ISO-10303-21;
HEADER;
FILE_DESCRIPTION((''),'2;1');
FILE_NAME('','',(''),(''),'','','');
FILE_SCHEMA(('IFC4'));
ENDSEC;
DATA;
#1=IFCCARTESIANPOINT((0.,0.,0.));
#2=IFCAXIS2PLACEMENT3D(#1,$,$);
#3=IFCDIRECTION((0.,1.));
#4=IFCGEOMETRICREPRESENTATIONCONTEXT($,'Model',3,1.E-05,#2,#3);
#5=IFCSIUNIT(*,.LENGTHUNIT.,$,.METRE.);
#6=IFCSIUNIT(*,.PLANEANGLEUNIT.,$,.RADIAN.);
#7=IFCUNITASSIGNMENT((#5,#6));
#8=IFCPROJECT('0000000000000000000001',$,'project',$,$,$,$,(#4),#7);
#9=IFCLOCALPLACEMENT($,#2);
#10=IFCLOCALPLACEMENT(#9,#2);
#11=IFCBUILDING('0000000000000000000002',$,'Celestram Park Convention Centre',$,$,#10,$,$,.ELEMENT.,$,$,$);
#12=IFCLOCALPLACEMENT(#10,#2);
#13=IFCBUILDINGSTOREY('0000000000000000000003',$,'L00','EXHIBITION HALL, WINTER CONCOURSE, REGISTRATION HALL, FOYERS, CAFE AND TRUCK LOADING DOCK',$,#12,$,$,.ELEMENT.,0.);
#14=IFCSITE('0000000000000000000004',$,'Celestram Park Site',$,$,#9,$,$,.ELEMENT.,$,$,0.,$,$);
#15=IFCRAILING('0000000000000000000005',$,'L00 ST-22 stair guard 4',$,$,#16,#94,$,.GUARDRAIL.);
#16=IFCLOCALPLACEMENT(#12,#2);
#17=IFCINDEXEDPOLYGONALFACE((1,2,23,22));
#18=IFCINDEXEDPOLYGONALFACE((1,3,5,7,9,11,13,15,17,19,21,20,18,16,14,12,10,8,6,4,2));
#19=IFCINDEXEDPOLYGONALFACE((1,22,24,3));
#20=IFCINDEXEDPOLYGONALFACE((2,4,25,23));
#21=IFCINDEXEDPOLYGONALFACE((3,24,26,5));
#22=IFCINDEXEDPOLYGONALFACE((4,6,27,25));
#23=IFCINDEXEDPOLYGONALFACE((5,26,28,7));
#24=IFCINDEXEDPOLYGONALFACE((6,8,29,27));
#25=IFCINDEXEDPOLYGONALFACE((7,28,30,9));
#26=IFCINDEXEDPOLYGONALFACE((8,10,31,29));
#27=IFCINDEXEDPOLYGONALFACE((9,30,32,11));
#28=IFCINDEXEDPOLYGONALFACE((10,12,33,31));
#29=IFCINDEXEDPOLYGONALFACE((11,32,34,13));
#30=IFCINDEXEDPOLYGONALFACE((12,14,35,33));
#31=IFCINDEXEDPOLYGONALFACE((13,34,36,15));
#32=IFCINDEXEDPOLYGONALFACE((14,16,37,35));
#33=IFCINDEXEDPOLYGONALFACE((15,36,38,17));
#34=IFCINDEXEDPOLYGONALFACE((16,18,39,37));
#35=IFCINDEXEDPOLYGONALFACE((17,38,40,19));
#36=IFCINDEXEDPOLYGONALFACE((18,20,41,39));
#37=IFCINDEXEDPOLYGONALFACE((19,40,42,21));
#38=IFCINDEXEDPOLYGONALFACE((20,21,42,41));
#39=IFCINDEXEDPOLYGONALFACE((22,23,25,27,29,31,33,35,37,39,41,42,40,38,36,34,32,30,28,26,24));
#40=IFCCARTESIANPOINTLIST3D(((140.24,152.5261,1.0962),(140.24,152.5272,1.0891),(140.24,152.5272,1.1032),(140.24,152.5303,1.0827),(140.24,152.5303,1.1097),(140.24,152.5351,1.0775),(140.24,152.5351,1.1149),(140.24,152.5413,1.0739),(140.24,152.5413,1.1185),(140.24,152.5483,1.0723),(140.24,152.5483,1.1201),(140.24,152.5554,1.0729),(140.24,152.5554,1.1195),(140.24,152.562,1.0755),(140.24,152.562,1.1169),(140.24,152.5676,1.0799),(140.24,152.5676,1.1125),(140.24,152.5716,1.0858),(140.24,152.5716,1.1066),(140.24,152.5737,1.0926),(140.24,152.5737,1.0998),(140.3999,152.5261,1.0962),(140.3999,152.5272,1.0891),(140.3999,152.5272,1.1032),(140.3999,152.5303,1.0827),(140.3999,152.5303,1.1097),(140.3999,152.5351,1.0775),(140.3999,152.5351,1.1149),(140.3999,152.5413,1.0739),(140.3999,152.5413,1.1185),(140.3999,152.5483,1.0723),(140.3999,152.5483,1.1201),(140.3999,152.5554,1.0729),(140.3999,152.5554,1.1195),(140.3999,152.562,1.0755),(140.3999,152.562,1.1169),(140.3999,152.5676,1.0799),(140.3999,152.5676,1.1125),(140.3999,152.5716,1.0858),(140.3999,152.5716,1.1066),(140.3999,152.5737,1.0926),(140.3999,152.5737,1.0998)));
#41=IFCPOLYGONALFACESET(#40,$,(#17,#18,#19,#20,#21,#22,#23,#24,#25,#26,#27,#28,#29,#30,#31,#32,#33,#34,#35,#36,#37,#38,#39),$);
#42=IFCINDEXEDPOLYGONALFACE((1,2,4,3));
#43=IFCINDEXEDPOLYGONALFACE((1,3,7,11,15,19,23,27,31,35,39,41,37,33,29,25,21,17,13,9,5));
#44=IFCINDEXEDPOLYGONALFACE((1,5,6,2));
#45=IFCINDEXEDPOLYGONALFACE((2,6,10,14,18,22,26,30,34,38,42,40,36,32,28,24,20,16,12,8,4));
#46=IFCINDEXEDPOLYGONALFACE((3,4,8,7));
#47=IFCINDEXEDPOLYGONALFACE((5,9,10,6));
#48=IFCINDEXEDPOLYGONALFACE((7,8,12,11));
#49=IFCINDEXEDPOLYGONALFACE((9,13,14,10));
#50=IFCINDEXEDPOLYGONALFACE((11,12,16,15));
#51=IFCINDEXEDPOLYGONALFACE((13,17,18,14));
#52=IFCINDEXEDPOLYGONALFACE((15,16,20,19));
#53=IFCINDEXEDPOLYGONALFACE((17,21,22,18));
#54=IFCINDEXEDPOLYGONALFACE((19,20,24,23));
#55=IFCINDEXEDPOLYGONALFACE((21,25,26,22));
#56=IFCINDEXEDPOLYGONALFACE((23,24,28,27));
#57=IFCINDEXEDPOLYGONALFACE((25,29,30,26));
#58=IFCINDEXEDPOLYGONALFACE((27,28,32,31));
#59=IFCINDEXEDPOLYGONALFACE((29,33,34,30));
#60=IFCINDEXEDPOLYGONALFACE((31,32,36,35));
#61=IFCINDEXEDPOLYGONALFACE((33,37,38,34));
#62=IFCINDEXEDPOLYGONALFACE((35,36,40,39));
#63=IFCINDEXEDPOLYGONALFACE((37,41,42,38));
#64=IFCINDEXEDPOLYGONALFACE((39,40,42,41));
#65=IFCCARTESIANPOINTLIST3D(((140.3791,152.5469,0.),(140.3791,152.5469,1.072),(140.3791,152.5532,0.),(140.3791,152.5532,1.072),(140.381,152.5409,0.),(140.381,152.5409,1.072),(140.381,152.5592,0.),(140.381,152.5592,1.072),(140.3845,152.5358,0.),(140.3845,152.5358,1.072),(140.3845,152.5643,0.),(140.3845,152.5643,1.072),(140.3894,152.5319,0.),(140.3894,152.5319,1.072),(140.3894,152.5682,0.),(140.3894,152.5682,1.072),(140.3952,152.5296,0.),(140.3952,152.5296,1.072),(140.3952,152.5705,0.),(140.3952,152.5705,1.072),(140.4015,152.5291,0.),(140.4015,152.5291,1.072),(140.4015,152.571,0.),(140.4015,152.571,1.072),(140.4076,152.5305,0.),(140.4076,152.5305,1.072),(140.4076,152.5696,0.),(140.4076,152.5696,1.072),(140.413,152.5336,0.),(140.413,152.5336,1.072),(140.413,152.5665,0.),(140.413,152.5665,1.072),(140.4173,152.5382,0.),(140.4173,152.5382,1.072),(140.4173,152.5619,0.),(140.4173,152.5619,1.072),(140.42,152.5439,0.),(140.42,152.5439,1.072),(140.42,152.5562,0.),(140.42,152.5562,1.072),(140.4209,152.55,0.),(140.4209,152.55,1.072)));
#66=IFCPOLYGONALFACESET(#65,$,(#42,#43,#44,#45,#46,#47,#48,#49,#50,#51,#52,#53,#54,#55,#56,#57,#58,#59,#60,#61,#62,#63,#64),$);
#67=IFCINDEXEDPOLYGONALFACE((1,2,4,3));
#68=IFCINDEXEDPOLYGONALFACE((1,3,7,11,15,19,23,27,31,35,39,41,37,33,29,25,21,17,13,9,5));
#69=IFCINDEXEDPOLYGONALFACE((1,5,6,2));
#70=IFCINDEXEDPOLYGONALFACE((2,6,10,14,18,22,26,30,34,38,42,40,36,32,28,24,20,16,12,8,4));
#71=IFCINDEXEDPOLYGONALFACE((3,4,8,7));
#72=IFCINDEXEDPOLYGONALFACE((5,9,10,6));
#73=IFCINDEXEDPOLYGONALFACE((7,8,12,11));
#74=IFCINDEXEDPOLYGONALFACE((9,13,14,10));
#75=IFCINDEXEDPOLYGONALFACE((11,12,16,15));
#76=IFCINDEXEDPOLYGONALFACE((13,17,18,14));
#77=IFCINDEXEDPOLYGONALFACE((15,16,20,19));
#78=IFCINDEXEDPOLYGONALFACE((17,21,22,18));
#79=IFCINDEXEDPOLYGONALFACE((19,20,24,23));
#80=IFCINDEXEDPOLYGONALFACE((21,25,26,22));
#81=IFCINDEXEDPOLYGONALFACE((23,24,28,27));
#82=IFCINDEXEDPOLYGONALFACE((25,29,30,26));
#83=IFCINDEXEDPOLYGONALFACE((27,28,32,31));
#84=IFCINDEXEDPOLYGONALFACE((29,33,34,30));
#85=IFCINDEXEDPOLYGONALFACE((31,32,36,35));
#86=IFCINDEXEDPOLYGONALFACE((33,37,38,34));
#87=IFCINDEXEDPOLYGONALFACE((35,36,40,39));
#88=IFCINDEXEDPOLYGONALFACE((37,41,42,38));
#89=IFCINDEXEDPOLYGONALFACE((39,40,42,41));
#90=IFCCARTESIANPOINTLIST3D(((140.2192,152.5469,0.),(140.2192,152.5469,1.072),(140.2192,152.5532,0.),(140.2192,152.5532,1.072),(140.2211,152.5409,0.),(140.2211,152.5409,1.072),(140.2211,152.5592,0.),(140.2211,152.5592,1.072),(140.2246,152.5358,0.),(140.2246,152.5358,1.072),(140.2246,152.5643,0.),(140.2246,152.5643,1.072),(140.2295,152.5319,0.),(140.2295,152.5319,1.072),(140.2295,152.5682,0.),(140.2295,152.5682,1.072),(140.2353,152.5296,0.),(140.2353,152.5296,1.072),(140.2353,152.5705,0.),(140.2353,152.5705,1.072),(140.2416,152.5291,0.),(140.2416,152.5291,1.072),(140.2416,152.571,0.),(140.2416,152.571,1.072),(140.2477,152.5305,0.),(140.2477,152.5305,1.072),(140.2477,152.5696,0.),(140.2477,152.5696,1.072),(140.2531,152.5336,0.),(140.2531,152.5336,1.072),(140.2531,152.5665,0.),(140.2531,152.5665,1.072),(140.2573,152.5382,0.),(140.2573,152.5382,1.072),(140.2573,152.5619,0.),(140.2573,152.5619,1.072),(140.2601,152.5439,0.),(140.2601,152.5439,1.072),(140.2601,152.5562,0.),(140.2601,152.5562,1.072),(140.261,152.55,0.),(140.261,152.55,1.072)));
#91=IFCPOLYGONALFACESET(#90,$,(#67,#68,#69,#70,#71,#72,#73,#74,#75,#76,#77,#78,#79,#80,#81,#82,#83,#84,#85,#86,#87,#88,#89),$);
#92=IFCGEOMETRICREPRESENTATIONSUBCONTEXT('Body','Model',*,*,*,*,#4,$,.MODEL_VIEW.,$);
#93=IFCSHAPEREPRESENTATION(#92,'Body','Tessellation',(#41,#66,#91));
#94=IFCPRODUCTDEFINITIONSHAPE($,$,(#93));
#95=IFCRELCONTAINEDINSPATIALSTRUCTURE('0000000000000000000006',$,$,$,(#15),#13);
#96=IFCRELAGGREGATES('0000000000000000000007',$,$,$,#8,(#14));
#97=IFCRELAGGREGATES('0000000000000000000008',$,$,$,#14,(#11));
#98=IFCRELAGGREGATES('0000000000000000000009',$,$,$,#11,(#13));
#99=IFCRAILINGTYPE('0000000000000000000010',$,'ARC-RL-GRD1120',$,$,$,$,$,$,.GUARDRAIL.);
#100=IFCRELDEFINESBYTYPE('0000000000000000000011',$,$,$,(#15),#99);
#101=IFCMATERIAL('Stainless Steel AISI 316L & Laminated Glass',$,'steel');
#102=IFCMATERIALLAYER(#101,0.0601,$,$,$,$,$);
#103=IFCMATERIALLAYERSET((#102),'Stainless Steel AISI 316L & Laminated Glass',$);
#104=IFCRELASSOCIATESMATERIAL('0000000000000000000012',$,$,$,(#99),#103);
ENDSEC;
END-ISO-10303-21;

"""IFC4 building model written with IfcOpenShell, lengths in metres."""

from ifc_helpers import new_model, si_unit, direction, frame, origin, origin_2d, place, context, subcontext, project, spatial, circle, extrude, material, layer, layer_set, type_object, element, save


model = new_model("IFC4")

# Units and contexts
model_context = context("Model", 3, precision=1e-05, world=origin(), true_north=direction((0.0, 1.0)))
body_context = subcontext(model_context, "Body", "Model", "MODEL_VIEW")
ifc_project = project(units=[si_unit("LENGTHUNIT", "METRE"), si_unit("PLANEANGLEUNIT", "RADIAN")], contexts=[model_context])

# Site, building, storey
site_placement = place(None, origin())
site = spatial("IfcSite", under=ifc_project, at=site_placement, Name="Celestram Park Site", CompositionType="ELEMENT", RefElevation=0.0)
building_placement = place(site_placement, origin())
building = spatial("IfcBuilding", under=site, at=building_placement, Name="Celestram Park Convention Centre", CompositionType="ELEMENT")
storey_placement = place(building_placement, origin())
storey = spatial("IfcBuildingStorey", under=building, at=storey_placement, Name="L00", Description="EXHIBITION HALL, WINTER CONCOURSE, REGISTRATION HALL, FOYERS, CAFE AND TRUCK LOADING DOCK", CompositionType="ELEMENT", Elevation=0.0)

# Railing
ifc_material_1 = material(Name="Stainless Steel AISI 316L & Laminated Glass", Category="steel")
ifc_layer_1 = layer(ifc_material_1, 0.0601)
ifc_layer_set_1 = layer_set([ifc_layer_1], Name="Stainless Steel AISI 316L & Laminated Glass")
railing_type_1 = type_object("IfcRailingType", Name="ARC-RL-GRD1120", PredefinedType="GUARDRAIL", material=ifc_layer_set_1)
railing_1_placement = place(storey_placement, frame((140.3999, 152.55, 0.0)))
element("IfcRailing", 1, at=railing_1_placement, inside=storey, type_object=railing_type_1, Name="L00 ST-22 stair guard 4", PredefinedType="GUARDRAIL", context=body_context, shape_type="SweptSolid", body=[
    extrude(circle(Radius=0.0239, at=origin_2d()), frame((0.0, 0.0, 1.0962), z_axis=(-1.0, 0.0, 0.0), x_axis=(0.0, -1.0, 0.0)), (0.0, 0.0, 1.0), 0.1599),
    extrude(circle(Radius=0.021, at=origin_2d()), origin(), (0.0, 0.0, 1.0), 1.072),
    extrude(circle(Radius=0.021, at=origin_2d()), frame((-0.1599, 0.0, 0.0)), (0.0, 0.0, 1.0), 1.072),
])

save(model, "model.ifc")
